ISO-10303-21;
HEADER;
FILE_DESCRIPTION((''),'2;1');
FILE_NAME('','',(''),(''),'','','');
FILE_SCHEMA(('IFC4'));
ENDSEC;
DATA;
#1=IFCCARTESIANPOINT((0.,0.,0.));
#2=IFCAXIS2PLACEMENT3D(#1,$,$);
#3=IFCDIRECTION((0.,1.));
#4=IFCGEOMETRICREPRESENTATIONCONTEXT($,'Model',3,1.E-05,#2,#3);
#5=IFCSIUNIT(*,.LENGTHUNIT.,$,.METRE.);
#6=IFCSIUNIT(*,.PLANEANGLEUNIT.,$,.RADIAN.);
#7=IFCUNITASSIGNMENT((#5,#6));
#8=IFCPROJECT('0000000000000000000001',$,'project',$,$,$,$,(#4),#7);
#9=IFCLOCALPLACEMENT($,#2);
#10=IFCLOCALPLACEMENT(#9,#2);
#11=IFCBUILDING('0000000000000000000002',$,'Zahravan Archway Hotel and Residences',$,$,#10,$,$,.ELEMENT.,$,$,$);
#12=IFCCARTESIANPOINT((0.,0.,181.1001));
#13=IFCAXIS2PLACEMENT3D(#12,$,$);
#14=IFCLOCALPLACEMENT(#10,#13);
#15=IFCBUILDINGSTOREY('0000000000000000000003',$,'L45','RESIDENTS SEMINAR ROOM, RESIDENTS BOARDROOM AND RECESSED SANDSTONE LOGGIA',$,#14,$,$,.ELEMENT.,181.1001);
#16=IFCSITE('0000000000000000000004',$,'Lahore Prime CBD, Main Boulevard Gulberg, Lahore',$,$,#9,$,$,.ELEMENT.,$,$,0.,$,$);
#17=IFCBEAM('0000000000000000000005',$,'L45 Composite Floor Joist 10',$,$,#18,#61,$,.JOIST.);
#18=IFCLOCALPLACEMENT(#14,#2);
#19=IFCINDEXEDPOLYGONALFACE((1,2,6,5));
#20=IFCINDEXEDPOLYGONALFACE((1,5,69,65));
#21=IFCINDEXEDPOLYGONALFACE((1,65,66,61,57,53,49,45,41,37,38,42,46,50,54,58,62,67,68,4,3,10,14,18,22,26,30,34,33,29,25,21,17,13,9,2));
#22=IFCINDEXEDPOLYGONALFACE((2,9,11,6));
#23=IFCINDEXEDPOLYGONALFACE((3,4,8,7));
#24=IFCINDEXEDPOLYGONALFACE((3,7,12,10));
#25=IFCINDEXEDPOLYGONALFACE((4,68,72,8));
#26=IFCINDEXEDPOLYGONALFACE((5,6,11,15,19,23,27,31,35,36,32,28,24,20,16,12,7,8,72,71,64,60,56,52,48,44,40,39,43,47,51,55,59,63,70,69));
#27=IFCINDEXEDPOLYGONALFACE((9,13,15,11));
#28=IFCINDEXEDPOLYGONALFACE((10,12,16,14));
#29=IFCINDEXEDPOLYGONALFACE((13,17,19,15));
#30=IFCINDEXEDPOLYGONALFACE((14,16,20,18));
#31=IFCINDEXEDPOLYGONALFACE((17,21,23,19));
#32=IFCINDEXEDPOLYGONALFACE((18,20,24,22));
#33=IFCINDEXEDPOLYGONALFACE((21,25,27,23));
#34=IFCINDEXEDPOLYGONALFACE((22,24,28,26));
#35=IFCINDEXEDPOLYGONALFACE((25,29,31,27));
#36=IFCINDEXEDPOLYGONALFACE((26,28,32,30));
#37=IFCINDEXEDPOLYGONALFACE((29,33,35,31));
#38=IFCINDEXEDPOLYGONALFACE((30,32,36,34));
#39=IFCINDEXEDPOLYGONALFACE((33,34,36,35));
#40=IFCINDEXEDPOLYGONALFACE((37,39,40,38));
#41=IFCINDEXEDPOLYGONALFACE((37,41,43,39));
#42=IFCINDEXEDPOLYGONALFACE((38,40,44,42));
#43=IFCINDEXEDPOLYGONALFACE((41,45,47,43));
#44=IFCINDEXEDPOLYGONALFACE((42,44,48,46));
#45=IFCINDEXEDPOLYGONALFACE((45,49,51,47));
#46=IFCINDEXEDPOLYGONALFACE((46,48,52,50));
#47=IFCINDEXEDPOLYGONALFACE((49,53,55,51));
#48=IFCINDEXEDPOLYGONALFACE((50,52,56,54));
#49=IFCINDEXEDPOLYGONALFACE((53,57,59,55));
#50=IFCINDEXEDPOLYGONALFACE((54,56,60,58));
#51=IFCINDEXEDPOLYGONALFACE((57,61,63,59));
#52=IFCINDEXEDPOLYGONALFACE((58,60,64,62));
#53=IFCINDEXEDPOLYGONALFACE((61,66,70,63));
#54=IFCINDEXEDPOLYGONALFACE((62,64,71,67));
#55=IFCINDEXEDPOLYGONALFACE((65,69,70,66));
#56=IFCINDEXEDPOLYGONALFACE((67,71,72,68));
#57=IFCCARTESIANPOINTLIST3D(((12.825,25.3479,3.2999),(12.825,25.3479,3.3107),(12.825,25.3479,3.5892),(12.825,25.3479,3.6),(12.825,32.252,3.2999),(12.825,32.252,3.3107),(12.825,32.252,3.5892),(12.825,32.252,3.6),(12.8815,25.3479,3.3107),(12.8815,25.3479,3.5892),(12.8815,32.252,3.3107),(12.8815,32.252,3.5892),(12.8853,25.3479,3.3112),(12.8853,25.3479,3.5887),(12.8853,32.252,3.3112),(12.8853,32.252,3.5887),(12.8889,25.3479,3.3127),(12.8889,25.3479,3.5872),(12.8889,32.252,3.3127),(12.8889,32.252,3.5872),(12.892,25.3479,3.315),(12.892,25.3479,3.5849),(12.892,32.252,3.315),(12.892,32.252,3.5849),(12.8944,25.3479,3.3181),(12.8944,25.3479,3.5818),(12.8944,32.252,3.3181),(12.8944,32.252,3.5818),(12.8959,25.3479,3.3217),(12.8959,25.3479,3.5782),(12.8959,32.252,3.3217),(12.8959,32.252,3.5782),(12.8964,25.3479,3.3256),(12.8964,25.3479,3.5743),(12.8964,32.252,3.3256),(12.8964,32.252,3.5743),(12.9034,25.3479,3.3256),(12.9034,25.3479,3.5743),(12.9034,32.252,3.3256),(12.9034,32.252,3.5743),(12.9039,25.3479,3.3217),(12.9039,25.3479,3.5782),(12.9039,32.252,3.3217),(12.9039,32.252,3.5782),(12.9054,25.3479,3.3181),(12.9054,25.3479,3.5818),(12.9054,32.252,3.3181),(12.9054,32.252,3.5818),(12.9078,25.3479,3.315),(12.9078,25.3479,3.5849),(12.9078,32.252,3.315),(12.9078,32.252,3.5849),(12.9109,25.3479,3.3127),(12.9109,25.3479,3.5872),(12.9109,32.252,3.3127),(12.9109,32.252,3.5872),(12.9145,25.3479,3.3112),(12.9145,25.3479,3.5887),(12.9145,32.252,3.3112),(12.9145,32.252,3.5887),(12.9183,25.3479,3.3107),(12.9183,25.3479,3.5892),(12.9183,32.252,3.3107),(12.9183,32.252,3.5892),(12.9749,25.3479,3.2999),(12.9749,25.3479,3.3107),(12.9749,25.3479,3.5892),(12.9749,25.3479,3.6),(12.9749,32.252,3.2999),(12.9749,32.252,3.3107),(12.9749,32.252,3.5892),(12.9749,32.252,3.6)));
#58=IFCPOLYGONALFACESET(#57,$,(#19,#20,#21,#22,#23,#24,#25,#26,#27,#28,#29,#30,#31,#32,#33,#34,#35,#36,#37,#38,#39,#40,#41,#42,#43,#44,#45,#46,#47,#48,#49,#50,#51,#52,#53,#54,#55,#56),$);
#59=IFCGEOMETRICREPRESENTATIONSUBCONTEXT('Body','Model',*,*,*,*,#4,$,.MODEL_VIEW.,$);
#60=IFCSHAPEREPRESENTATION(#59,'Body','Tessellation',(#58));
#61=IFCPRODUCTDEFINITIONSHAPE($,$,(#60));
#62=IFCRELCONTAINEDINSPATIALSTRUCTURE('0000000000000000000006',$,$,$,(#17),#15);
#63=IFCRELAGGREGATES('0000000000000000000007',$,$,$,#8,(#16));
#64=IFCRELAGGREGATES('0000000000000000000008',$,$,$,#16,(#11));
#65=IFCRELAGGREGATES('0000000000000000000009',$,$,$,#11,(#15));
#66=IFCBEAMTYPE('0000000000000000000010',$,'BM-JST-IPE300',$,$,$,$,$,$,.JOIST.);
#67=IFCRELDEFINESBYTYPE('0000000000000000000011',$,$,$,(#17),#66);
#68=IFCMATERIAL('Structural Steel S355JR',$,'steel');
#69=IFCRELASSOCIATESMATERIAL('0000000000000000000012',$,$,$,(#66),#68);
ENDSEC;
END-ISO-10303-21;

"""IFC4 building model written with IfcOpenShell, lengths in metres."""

from ifc_helpers import new_model, si_unit, direction, frame, origin, origin_2d, place, context, subcontext, project, spatial, i_section, extrude, source, transform, mapped, material, material_profile, profile_set, type_object, type_shapes, element, save


model = new_model("IFC4")

# Units and contexts
model_context = context("Model", 3, precision=1e-05, world=origin(), true_north=direction((0.0, 1.0)))
body_context = subcontext(model_context, "Body", "Model", "MODEL_VIEW")
ifc_project = project(units=[si_unit("LENGTHUNIT", "METRE"), si_unit("PLANEANGLEUNIT", "RADIAN")], contexts=[model_context])

# Site, building, storey
site_placement = place(None, origin())
site = spatial("IfcSite", under=ifc_project, at=site_placement, Name="Lahore Prime CBD, Main Boulevard Gulberg, Lahore", CompositionType="ELEMENT", RefElevation=0.0)
building_placement = place(site_placement, origin())
building = spatial("IfcBuilding", under=site, at=building_placement, Name="Zahravan Archway Hotel and Residences", CompositionType="ELEMENT")
storey_placement = place(building_placement, frame((0.0, 0.0, 181.1001)))
storey = spatial("IfcBuildingStorey", under=building, at=storey_placement, Name="L45", Description="RESIDENTS SEMINAR ROOM, RESIDENTS BOARDROOM AND RECESSED SANDSTONE LOGGIA", CompositionType="ELEMENT", Elevation=181.1001)

# Beam
ifc_material_1 = material(Name="Structural Steel S355JR", Category="steel")
ifc_material_profile_1 = material_profile(ifc_material_1, i_section(OverallWidth=0.1499, OverallDepth=0.3, WebThickness=0.0071, FlangeThickness=0.0107, FilletRadius=0.0149, at=origin_2d()), Name="IPE 300", Category="steel")
ifc_profile_set_1 = profile_set([ifc_material_profile_1], Name="Structural Steel S355JR")
beam_type_1 = type_object("IfcBeamType", Name="BM-JST-IPE300", PredefinedType="JOIST", material=ifc_profile_set_1)
shared_shape_1 = source(origin(), body_context, "Body", "SweptSolid", [
    extrude(i_section(OverallWidth=0.1499, OverallDepth=0.3, WebThickness=0.0071, FlangeThickness=0.0107, FilletRadius=0.0149, at=origin_2d()), origin(), (0.0, 0.0, 1.0), 6.9041),
])
type_shapes(beam_type_1, [shared_shape_1])
beam_1_placement = place(storey_placement, frame((12.8999, 25.3479, 3.45), z_axis=(0.0, 1.0, 0.0), x_axis=(-1.0, 0.0, 0.0)))
element("IfcBeam", 1, at=beam_1_placement, inside=storey, type_object=beam_type_1, Name="L45 Composite Floor Joist 10", PredefinedType="JOIST", context=body_context, shape_type="MappedRepresentation", body=[
    mapped(shared_shape_1, transform((0.0, 0.0, 0.0), scale=1.0)),
])

save(model, "model.ifc")
